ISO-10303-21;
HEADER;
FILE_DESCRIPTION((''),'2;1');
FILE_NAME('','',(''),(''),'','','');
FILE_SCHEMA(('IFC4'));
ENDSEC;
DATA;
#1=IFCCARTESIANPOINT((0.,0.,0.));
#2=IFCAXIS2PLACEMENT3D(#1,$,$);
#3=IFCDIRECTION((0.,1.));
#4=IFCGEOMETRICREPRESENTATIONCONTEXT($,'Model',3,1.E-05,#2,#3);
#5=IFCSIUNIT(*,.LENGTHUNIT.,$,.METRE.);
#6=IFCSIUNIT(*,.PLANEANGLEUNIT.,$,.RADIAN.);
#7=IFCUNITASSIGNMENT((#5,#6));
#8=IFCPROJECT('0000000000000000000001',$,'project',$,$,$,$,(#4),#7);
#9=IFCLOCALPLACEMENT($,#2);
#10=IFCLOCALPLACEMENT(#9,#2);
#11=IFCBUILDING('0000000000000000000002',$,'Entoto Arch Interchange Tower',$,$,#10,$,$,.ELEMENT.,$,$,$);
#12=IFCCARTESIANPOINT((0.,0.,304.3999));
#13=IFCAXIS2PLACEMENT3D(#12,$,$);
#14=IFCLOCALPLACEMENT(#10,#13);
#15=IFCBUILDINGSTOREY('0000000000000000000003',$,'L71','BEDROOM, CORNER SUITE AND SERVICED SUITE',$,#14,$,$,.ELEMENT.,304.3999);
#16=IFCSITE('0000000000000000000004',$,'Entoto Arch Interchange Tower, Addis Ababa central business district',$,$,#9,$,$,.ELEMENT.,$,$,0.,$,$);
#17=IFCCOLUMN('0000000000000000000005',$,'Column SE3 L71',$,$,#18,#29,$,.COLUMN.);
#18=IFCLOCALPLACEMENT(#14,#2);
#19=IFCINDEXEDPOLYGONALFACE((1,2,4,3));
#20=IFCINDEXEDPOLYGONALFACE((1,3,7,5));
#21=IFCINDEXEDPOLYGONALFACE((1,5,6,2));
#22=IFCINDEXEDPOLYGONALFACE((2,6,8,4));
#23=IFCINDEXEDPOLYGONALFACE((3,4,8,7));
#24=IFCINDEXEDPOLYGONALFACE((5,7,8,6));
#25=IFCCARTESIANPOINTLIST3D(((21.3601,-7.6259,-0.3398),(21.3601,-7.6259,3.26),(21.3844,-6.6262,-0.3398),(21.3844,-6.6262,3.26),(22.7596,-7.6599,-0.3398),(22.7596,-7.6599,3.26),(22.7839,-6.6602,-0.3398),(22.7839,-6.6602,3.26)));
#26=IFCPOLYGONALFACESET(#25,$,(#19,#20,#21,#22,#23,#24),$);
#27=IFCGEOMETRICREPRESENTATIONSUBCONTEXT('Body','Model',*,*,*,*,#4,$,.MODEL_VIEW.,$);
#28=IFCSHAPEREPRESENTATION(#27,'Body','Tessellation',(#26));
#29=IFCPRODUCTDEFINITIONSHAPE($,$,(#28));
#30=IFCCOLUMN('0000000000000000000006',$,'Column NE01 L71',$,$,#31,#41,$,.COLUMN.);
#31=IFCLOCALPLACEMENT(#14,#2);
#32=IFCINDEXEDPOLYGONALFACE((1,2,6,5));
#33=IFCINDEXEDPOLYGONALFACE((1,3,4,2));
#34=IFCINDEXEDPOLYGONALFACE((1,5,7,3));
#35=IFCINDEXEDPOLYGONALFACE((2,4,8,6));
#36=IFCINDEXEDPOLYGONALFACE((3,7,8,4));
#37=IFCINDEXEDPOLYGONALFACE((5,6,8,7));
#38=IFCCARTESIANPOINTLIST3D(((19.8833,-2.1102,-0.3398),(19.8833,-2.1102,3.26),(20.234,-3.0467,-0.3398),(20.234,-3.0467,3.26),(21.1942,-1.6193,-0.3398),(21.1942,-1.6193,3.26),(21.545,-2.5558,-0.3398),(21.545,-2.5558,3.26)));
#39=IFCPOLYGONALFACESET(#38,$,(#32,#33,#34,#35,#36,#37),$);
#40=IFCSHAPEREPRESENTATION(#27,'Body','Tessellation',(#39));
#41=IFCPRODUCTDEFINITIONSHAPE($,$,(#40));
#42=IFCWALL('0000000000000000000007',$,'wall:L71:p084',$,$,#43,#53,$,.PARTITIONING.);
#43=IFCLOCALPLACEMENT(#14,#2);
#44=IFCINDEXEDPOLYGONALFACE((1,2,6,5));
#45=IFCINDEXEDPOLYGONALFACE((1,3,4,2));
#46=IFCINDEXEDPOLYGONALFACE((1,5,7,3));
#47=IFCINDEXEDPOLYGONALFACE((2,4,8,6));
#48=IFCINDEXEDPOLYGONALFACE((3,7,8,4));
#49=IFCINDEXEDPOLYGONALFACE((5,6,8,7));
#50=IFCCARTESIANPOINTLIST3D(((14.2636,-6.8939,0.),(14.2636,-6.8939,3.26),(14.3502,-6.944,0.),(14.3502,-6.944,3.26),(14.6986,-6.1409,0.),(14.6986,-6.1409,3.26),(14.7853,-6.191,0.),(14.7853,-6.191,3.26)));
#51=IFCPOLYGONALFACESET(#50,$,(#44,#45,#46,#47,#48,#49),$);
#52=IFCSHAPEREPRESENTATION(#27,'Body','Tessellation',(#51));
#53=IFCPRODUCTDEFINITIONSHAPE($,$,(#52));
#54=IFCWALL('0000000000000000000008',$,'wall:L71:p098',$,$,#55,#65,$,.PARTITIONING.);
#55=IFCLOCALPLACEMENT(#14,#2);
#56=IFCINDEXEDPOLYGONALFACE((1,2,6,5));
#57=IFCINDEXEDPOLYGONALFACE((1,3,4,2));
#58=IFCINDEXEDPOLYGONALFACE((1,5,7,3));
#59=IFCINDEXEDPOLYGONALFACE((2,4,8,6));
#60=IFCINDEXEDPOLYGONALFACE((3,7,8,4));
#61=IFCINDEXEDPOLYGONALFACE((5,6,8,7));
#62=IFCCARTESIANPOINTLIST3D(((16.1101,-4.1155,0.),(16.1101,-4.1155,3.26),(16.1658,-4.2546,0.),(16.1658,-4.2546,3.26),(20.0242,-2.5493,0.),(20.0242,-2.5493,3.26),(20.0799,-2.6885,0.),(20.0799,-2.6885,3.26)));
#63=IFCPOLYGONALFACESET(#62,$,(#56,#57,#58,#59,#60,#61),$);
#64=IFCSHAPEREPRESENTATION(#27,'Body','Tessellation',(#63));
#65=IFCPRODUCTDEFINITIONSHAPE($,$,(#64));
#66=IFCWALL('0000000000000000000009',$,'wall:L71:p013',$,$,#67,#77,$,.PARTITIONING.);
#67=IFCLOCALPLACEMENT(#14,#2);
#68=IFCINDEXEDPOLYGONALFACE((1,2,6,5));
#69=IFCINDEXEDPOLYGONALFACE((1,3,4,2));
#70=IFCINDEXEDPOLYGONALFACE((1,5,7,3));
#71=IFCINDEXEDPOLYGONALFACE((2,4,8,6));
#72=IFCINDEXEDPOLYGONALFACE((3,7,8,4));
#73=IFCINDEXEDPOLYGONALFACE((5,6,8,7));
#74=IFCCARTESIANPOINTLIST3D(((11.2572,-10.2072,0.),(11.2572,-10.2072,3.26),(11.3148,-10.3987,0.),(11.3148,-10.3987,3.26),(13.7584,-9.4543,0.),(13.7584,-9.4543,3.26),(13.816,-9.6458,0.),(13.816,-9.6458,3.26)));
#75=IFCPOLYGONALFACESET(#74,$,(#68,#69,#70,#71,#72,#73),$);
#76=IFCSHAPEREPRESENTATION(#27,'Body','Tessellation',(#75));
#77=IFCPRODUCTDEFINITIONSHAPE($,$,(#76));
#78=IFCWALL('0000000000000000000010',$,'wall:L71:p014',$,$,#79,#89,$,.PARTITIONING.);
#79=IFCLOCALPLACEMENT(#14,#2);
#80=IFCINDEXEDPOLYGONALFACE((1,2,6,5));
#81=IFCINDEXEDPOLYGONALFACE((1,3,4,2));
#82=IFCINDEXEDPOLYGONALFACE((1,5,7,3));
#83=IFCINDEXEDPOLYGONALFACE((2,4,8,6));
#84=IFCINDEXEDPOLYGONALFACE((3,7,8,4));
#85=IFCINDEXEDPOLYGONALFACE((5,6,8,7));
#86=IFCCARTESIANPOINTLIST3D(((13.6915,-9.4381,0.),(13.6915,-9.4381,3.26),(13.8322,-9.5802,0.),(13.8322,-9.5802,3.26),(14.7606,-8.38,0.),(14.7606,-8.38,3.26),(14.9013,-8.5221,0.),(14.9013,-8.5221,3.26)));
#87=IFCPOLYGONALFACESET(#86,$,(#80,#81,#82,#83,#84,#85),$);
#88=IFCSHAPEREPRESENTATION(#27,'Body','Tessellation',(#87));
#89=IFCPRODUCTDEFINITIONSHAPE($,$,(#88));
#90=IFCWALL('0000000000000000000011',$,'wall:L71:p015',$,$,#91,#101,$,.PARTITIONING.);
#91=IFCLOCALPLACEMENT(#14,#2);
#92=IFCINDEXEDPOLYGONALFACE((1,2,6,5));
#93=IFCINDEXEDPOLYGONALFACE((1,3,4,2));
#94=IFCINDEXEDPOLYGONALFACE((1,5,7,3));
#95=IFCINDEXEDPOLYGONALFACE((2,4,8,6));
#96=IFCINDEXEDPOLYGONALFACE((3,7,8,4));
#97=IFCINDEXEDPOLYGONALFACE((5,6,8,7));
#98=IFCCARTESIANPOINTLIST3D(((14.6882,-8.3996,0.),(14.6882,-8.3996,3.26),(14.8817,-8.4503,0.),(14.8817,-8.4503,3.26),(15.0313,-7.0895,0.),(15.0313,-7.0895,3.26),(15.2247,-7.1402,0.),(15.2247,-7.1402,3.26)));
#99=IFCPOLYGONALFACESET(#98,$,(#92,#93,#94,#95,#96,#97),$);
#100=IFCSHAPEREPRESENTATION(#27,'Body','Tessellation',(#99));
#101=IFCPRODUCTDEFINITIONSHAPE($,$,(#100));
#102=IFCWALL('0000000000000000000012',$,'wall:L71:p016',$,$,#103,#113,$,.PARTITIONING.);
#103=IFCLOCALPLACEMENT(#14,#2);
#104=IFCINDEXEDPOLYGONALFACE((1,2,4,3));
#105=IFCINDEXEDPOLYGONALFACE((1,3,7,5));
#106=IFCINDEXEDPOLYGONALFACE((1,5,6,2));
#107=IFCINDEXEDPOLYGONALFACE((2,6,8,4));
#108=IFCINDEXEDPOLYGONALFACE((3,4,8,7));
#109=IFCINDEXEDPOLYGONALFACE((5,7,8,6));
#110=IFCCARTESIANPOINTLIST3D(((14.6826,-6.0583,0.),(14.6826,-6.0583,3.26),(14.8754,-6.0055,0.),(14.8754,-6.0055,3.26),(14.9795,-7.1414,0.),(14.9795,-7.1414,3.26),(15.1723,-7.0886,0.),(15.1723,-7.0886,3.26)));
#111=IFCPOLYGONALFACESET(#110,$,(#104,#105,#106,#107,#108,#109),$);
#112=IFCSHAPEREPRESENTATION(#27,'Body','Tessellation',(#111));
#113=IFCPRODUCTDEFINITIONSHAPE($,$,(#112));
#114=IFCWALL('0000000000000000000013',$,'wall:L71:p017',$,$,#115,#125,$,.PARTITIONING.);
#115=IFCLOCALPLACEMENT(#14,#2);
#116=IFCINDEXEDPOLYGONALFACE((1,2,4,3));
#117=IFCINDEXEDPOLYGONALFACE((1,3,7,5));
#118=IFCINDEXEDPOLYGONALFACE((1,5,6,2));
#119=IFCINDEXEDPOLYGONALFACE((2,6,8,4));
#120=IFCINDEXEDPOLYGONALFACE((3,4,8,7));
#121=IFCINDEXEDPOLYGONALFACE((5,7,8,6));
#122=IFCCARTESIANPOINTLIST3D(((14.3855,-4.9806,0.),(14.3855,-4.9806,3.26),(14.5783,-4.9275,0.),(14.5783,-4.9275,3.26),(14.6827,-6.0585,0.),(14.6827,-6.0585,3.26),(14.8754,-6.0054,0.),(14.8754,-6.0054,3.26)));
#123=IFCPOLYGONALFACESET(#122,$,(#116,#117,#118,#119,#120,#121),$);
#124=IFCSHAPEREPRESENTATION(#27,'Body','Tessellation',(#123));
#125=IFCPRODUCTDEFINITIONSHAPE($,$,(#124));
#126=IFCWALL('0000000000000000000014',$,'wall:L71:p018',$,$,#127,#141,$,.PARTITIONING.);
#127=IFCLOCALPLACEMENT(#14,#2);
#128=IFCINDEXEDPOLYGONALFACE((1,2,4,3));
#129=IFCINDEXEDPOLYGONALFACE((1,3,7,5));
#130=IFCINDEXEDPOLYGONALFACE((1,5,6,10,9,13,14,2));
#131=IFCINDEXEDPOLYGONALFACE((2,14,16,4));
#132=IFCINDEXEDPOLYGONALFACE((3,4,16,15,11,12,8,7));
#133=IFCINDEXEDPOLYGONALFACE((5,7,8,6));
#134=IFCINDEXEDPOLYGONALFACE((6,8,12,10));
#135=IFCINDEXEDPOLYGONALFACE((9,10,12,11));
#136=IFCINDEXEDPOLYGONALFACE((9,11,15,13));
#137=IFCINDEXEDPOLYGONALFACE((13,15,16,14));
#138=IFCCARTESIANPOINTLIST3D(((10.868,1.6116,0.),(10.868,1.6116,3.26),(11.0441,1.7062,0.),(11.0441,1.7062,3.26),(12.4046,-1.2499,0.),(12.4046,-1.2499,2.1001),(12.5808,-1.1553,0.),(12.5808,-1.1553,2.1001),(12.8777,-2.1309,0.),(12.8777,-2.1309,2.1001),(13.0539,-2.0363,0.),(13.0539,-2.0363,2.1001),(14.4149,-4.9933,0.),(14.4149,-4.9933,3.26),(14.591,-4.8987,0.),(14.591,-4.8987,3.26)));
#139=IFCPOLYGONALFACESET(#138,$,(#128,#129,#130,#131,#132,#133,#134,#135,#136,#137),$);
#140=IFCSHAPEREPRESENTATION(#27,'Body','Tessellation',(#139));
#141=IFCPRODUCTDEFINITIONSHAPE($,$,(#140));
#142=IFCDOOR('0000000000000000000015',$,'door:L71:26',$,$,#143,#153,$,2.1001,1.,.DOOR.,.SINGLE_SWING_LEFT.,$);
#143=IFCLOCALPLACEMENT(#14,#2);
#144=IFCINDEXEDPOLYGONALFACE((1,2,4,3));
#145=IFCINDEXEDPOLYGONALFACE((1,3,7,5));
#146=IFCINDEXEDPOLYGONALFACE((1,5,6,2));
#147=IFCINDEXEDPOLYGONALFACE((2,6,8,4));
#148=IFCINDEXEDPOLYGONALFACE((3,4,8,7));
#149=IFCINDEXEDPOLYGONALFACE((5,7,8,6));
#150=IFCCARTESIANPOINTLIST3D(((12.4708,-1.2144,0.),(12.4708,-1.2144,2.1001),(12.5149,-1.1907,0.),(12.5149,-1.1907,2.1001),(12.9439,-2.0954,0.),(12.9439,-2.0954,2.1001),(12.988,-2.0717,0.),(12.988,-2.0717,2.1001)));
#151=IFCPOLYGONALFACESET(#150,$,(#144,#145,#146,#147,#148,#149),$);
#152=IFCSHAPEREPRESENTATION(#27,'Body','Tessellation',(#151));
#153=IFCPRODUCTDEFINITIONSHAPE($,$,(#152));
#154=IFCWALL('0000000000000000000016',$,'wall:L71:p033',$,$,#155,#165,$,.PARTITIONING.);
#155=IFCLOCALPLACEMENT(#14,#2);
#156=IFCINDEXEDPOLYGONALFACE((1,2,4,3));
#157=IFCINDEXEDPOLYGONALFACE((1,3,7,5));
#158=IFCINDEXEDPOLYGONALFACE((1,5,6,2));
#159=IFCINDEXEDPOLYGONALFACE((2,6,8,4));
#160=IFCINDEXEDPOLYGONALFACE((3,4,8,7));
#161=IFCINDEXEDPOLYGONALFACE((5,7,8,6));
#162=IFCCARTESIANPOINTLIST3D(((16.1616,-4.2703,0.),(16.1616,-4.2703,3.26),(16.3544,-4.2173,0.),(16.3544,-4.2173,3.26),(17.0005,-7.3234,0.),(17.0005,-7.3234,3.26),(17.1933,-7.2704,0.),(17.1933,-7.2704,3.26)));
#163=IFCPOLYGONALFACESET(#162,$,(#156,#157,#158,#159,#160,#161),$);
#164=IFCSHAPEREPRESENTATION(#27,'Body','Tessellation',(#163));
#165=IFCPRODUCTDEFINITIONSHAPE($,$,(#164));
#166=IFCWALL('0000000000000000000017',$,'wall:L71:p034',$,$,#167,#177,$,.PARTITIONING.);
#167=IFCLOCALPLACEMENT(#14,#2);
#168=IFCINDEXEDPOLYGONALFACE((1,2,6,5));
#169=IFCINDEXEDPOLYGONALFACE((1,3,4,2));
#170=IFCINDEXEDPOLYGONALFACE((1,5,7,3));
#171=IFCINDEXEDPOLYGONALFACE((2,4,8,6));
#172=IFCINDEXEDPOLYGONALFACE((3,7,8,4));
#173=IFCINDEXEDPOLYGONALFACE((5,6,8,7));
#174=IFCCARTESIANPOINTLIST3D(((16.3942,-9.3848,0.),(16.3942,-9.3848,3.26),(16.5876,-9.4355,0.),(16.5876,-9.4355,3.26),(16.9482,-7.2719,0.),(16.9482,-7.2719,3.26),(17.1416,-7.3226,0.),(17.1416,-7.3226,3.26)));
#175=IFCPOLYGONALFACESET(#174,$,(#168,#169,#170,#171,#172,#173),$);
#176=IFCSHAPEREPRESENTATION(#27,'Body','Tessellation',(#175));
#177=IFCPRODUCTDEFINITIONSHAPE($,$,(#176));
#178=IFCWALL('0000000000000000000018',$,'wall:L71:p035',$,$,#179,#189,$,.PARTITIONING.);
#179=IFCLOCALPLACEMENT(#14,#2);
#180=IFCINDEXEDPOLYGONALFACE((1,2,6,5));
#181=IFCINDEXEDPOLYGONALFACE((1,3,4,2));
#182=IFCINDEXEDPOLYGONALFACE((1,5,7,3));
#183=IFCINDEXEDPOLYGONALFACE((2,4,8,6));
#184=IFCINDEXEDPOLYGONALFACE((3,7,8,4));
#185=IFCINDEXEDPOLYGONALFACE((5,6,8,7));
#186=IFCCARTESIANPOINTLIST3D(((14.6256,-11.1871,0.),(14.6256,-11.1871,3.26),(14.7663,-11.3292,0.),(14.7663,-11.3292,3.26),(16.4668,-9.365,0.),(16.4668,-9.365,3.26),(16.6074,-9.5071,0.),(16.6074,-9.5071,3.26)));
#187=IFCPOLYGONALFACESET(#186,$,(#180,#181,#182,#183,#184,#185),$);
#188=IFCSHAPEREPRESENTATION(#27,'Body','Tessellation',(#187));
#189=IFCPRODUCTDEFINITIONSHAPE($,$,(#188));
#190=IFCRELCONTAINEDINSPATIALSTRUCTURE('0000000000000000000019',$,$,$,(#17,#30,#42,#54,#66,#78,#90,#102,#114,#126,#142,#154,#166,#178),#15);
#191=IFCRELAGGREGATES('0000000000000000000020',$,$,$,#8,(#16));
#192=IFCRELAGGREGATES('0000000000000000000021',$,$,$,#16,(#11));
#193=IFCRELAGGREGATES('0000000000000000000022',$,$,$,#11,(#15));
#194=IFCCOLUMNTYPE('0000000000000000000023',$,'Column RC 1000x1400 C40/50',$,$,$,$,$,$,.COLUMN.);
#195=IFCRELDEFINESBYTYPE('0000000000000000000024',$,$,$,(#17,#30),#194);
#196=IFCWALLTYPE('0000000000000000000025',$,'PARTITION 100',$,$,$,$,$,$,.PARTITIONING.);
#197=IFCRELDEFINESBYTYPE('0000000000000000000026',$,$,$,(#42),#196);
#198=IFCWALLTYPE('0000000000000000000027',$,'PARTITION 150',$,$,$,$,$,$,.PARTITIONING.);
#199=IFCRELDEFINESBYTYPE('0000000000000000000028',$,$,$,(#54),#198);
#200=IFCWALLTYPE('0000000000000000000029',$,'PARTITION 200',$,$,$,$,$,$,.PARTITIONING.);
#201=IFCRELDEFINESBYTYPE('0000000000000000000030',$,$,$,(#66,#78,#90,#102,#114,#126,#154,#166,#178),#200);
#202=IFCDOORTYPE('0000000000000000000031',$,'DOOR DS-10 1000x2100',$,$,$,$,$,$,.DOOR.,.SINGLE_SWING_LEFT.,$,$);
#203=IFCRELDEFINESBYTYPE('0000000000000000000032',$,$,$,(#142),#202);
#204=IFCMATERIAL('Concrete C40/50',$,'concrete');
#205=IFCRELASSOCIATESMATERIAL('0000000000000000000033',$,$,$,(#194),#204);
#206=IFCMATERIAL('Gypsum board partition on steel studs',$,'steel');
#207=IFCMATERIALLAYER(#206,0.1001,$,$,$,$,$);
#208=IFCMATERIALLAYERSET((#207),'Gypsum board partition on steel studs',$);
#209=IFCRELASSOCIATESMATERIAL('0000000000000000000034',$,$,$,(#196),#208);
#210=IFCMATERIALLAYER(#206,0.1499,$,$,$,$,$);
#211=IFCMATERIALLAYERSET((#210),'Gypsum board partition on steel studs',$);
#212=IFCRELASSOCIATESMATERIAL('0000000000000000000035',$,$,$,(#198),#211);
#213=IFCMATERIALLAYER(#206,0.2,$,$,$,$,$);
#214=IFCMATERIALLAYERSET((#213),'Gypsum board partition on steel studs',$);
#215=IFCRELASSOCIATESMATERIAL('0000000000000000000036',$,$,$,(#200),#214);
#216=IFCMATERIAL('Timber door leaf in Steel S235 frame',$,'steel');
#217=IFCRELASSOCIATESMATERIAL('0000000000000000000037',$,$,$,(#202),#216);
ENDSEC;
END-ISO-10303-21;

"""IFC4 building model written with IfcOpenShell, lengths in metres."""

from ifc_helpers import new_model, si_unit, direction, frame, frame_2d, origin, origin_2d, place, context, subcontext, project, spatial, rectangle, extrude, material, layer, layer_set, material_profile, profile_set, type_object, element, fill, save


model = new_model("IFC4")

# Units and contexts
model_context = context("Model", 3, precision=1e-05, world=origin(), true_north=direction((0.0, 1.0)))
body_context = subcontext(model_context, "Body", "Model", "MODEL_VIEW")
ifc_project = project(units=[si_unit("LENGTHUNIT", "METRE"), si_unit("PLANEANGLEUNIT", "RADIAN")], contexts=[model_context])

# Site, building, storey
site_placement = place(None, origin())
site = spatial("IfcSite", under=ifc_project, at=site_placement, Name="Entoto Arch Interchange Tower, Addis Ababa central business district", CompositionType="ELEMENT", RefElevation=0.0)
building_placement = place(site_placement, origin())
building = spatial("IfcBuilding", under=site, at=building_placement, Name="Entoto Arch Interchange Tower", CompositionType="ELEMENT")
storey_placement = place(building_placement, frame((0.0, 0.0, 304.3999)))
storey = spatial("IfcBuildingStorey", under=building, at=storey_placement, Name="L71", Description="BEDROOM, CORNER SUITE AND SERVICED SUITE", CompositionType="ELEMENT", Elevation=304.3999)

# Columns
ifc_material_1 = material(Name="Concrete C40/50", Category="concrete")
ifc_material_profile = material_profile(ifc_material_1, rectangle(XDim=1.0, YDim=1.3999, at=origin_2d()))
ifc_profile_set = profile_set([ifc_material_profile], Name="Concrete C40/50")
column_type = type_object("IfcColumnType", Name="Column RC 1000x1400 C40/50", PredefinedType="COLUMN", material=ifc_profile_set)
for number, where, z_axis, x_axis, name in (
    (1, (22.072, -7.1431, -0.3398), (0.0, 0.0, 1.0), (0.024258, 0.999706, 0.0), "Column SE3 L71"),
    (2, (20.7141, -2.333, -0.3398), (0.0, 0.0, 1.0), (-0.350714, 0.936483, 0.0), "Column NE01 L71"),
):
    element("IfcColumn", number, at=place(storey_placement, frame(where, z_axis=z_axis, x_axis=x_axis)), inside=storey, type_object=column_type, Name=name, PredefinedType="COLUMN", context=body_context, shape_type="SweptSolid", body=[
        extrude(rectangle(XDim=1.0, YDim=1.3999, at=origin_2d()), origin(), (0.0, 0.0, 1.0), 3.5999),
    ])

# Walls
ifc_material_2 = material(Name="Gypsum board partition on steel studs", Category="steel")
ifc_layer_1 = layer(ifc_material_2, 0.1001)
ifc_layer_set_1 = layer_set([ifc_layer_1], Name="Gypsum board partition on steel studs")
wall_type_1 = type_object("IfcWallType", Name="PARTITION 100", PredefinedType="PARTITIONING", material=ifc_layer_set_1)
wall_1_placement = place(storey_placement, frame((14.3069, -6.9189, 0.0), z_axis=(0.0, 0.0, 1.0), x_axis=(0.500306, 0.865849, 0.0)))
element("IfcWall", 3, at=wall_1_placement, inside=storey, type_object=wall_type_1, Name="wall:L71:p084", PredefinedType="PARTITIONING", context=body_context, shape_type="SweptSolid", body=[
    extrude(rectangle(XDim=0.8696, YDim=0.1001, at=frame_2d((0.4348, 0.0))), origin(), (0.0, 0.0, 1.0), 3.26),
])
ifc_layer_2 = layer(ifc_material_2, 0.1499)
ifc_layer_set_2 = layer_set([ifc_layer_2], Name="Gypsum board partition on steel studs")
wall_type_2 = type_object("IfcWallType", Name="PARTITION 150", PredefinedType="PARTITIONING", material=ifc_layer_set_2)
wall_2_placement = place(storey_placement, frame((16.1379, -4.1851, 0.0), z_axis=(0.0, 0.0, 1.0), x_axis=(0.928433, 0.371501, 0.0)))
element("IfcWall", 4, at=wall_2_placement, inside=storey, type_object=wall_type_2, Name="wall:L71:p098", PredefinedType="PARTITIONING", context=body_context, shape_type="SweptSolid", body=[
    extrude(rectangle(XDim=4.2158, YDim=0.1499, at=frame_2d((2.1079, 0.0))), origin(), (0.0, 0.0, 1.0), 3.26),
])
ifc_layer_3 = layer(ifc_material_2, 0.2)
ifc_layer_set_3 = layer_set([ifc_layer_3], Name="Gypsum board partition on steel studs")
wall_type_3 = type_object("IfcWallType", Name="PARTITION 200", PredefinedType="PARTITIONING", material=ifc_layer_set_3)
wall_3_placement = place(storey_placement, frame((11.2859, -10.303, 0.0), z_axis=(0.0, 0.0, 1.0), x_axis=(0.957556, 0.288248, 0.0)))
element("IfcWall", 5, at=wall_3_placement, inside=storey, type_object=wall_type_3, Name="wall:L71:p013", PredefinedType="PARTITIONING", context=body_context, shape_type="SweptSolid", body=[
    extrude(rectangle(XDim=2.6121, YDim=0.2, at=frame_2d((1.3062, 0.0))), origin(), (0.0, 0.0, 1.0), 3.26),
])
wall_4_placement = place(storey_placement, frame((13.762, -9.509, 0.0), z_axis=(0.0, 0.0, 1.0), x_axis=(0.710749, 0.703445, 0.0)))
element("IfcWall", 6, at=wall_4_placement, inside=storey, type_object=wall_type_3, Name="wall:L71:p014", PredefinedType="PARTITIONING", context=body_context, shape_type="SweptSolid", body=[
    extrude(rectangle(XDim=1.5042, YDim=0.2, at=frame_2d((0.752, 0.0))), origin(), (0.0, 0.0, 1.0), 3.26),
])
wall_5_placement = place(storey_placement, frame((14.7849, -8.425, 0.0), z_axis=(0.0, 0.0, 1.0), x_axis=(0.253295, 0.967389, 0.0)))
element("IfcWall", 7, at=wall_5_placement, inside=storey, type_object=wall_type_3, Name="wall:L71:p015", PredefinedType="PARTITIONING", context=body_context, shape_type="SweptSolid", body=[
    extrude(rectangle(XDim=1.3542, YDim=0.2, at=frame_2d((0.6772, 0.0))), origin(), (0.0, 0.0, 1.0), 3.26),
])
wall_6_placement = place(storey_placement, frame((15.0759, -7.115, 0.0), z_axis=(0.0, 0.0, 1.0), x_axis=(-0.264368, 0.964422, 0.0)))
element("IfcWall", 8, at=wall_6_placement, inside=storey, type_object=wall_type_3, Name="wall:L71:p016", PredefinedType="PARTITIONING", context=body_context, shape_type="SweptSolid", body=[
    extrude(rectangle(XDim=1.123, YDim=0.2, at=frame_2d((0.5615, 0.0))), origin(), (0.0, 0.0, 1.0), 3.26),
])
wall_7_placement = place(storey_placement, frame((14.7791, -6.032, 0.0), z_axis=(0.0, 0.0, 1.0), x_axis=(-0.26574, 0.964045, 0.0)))
element("IfcWall", 9, at=wall_7_placement, inside=storey, type_object=wall_type_3, Name="wall:L71:p017", PredefinedType="PARTITIONING", context=body_context, shape_type="SweptSolid", body=[
    extrude(rectangle(XDim=1.1182, YDim=0.2, at=frame_2d((0.5591, 0.0))), origin(), (0.0, 0.0, 1.0), 3.26),
])

# Wall, opening, door
wall_8_placement = place(storey_placement, frame((14.5029, -4.946, 0.0), z_axis=(0.0, 0.0, 1.0), x_axis=(-0.473101, 0.881008, 0.0)))
wall_8 = element("IfcWall", 10, at=wall_8_placement, inside=storey, type_object=wall_type_3, Name="wall:L71:p018", PredefinedType="PARTITIONING", context=body_context, shape_type="SweptSolid", body=[
    extrude(rectangle(XDim=7.4971, YDim=0.2, at=frame_2d((3.7485, 0.0))), origin(), (0.0, 0.0, 1.0), 3.26),
])
opening_1_placement = place(wall_8_placement, frame((3.249, 0.0, 0.0)))
opening_1 = element("IfcOpeningElement", 11, at=opening_1_placement, cuts=wall_8, PredefinedType="OPENING", context=body_context, shape_type="SweptSolid", body=[
    extrude(rectangle(XDim=1.0, YDim=2.1001, at=frame_2d((0.5, 1.05))), frame((0.0, 0.1099, 0.0), z_axis=(0.0, -1.0, 0.0), x_axis=(1.0, 0.0, 0.0)), (0.0, 0.0, 1.0), 0.22),
])
ifc_material_3 = material(Name="Timber door leaf in Steel S235 frame", Category="steel")
door_type_1 = type_object("IfcDoorType", Name="DOOR DS-10 1000x2100", OperationType="SINGLE_SWING_LEFT", PredefinedType="DOOR", material=ifc_material_3)
door_1_placement = place(opening_1_placement, origin())
door_1 = element("IfcDoor", 12, at=door_1_placement, inside=storey, type_object=door_type_1, Name="door:L71:26", OperationType="SINGLE_SWING_LEFT", OverallHeight=2.1001, OverallWidth=1.0, PredefinedType="DOOR", context=body_context, shape_type="SweptSolid", body=[
    extrude(rectangle(XDim=1.0, YDim=2.1001, at=frame_2d((0.5, 1.05))), frame((0.0, 0.0249, 0.0), z_axis=(0.0, -1.0, 0.0), x_axis=(1.0, 0.0, 0.0)), (0.0, 0.0, 1.0), 0.05),
])
fill(opening_1, door_1)

# Walls
wall_9_placement = place(storey_placement, frame((16.2581, -4.2439, 0.0), z_axis=(0.0, 0.0, 1.0), x_axis=(0.264931, -0.964267, 0.0)))
element("IfcWall", 13, at=wall_9_placement, inside=storey, type_object=wall_type_3, Name="wall:L71:p033", PredefinedType="PARTITIONING", context=body_context, shape_type="SweptSolid", body=[
    extrude(rectangle(XDim=3.1663, YDim=0.2, at=frame_2d((1.583, 0.0))), origin(), (0.0, 0.0, 1.0), 3.26),
])
wall_10_placement = place(storey_placement, frame((17.0449, -7.2971, 0.0), z_axis=(0.0, 0.0, 1.0), x_axis=(-0.253618, -0.967304, 0.0)))
element("IfcWall", 14, at=wall_10_placement, inside=storey, type_object=wall_type_3, Name="wall:L71:p034", PredefinedType="PARTITIONING", context=body_context, shape_type="SweptSolid", body=[
    extrude(rectangle(XDim=2.1843, YDim=0.2, at=frame_2d((1.0923, 0.0))), origin(), (0.0, 0.0, 1.0), 3.26),
])
wall_11_placement = place(storey_placement, frame((16.5371, -9.436, 0.0), z_axis=(0.0, 0.0, 1.0), x_axis=(-0.710773, -0.703421, 0.0)))
element("IfcWall", 15, at=wall_11_placement, inside=storey, type_object=wall_type_3, Name="wall:L71:p035", PredefinedType="PARTITIONING", context=body_context, shape_type="SweptSolid", body=[
    extrude(rectangle(XDim=2.5903, YDim=0.2, at=frame_2d((1.2952, 0.0))), origin(), (0.0, 0.0, 1.0), 3.26),
])

save(model, "model.ifc")
